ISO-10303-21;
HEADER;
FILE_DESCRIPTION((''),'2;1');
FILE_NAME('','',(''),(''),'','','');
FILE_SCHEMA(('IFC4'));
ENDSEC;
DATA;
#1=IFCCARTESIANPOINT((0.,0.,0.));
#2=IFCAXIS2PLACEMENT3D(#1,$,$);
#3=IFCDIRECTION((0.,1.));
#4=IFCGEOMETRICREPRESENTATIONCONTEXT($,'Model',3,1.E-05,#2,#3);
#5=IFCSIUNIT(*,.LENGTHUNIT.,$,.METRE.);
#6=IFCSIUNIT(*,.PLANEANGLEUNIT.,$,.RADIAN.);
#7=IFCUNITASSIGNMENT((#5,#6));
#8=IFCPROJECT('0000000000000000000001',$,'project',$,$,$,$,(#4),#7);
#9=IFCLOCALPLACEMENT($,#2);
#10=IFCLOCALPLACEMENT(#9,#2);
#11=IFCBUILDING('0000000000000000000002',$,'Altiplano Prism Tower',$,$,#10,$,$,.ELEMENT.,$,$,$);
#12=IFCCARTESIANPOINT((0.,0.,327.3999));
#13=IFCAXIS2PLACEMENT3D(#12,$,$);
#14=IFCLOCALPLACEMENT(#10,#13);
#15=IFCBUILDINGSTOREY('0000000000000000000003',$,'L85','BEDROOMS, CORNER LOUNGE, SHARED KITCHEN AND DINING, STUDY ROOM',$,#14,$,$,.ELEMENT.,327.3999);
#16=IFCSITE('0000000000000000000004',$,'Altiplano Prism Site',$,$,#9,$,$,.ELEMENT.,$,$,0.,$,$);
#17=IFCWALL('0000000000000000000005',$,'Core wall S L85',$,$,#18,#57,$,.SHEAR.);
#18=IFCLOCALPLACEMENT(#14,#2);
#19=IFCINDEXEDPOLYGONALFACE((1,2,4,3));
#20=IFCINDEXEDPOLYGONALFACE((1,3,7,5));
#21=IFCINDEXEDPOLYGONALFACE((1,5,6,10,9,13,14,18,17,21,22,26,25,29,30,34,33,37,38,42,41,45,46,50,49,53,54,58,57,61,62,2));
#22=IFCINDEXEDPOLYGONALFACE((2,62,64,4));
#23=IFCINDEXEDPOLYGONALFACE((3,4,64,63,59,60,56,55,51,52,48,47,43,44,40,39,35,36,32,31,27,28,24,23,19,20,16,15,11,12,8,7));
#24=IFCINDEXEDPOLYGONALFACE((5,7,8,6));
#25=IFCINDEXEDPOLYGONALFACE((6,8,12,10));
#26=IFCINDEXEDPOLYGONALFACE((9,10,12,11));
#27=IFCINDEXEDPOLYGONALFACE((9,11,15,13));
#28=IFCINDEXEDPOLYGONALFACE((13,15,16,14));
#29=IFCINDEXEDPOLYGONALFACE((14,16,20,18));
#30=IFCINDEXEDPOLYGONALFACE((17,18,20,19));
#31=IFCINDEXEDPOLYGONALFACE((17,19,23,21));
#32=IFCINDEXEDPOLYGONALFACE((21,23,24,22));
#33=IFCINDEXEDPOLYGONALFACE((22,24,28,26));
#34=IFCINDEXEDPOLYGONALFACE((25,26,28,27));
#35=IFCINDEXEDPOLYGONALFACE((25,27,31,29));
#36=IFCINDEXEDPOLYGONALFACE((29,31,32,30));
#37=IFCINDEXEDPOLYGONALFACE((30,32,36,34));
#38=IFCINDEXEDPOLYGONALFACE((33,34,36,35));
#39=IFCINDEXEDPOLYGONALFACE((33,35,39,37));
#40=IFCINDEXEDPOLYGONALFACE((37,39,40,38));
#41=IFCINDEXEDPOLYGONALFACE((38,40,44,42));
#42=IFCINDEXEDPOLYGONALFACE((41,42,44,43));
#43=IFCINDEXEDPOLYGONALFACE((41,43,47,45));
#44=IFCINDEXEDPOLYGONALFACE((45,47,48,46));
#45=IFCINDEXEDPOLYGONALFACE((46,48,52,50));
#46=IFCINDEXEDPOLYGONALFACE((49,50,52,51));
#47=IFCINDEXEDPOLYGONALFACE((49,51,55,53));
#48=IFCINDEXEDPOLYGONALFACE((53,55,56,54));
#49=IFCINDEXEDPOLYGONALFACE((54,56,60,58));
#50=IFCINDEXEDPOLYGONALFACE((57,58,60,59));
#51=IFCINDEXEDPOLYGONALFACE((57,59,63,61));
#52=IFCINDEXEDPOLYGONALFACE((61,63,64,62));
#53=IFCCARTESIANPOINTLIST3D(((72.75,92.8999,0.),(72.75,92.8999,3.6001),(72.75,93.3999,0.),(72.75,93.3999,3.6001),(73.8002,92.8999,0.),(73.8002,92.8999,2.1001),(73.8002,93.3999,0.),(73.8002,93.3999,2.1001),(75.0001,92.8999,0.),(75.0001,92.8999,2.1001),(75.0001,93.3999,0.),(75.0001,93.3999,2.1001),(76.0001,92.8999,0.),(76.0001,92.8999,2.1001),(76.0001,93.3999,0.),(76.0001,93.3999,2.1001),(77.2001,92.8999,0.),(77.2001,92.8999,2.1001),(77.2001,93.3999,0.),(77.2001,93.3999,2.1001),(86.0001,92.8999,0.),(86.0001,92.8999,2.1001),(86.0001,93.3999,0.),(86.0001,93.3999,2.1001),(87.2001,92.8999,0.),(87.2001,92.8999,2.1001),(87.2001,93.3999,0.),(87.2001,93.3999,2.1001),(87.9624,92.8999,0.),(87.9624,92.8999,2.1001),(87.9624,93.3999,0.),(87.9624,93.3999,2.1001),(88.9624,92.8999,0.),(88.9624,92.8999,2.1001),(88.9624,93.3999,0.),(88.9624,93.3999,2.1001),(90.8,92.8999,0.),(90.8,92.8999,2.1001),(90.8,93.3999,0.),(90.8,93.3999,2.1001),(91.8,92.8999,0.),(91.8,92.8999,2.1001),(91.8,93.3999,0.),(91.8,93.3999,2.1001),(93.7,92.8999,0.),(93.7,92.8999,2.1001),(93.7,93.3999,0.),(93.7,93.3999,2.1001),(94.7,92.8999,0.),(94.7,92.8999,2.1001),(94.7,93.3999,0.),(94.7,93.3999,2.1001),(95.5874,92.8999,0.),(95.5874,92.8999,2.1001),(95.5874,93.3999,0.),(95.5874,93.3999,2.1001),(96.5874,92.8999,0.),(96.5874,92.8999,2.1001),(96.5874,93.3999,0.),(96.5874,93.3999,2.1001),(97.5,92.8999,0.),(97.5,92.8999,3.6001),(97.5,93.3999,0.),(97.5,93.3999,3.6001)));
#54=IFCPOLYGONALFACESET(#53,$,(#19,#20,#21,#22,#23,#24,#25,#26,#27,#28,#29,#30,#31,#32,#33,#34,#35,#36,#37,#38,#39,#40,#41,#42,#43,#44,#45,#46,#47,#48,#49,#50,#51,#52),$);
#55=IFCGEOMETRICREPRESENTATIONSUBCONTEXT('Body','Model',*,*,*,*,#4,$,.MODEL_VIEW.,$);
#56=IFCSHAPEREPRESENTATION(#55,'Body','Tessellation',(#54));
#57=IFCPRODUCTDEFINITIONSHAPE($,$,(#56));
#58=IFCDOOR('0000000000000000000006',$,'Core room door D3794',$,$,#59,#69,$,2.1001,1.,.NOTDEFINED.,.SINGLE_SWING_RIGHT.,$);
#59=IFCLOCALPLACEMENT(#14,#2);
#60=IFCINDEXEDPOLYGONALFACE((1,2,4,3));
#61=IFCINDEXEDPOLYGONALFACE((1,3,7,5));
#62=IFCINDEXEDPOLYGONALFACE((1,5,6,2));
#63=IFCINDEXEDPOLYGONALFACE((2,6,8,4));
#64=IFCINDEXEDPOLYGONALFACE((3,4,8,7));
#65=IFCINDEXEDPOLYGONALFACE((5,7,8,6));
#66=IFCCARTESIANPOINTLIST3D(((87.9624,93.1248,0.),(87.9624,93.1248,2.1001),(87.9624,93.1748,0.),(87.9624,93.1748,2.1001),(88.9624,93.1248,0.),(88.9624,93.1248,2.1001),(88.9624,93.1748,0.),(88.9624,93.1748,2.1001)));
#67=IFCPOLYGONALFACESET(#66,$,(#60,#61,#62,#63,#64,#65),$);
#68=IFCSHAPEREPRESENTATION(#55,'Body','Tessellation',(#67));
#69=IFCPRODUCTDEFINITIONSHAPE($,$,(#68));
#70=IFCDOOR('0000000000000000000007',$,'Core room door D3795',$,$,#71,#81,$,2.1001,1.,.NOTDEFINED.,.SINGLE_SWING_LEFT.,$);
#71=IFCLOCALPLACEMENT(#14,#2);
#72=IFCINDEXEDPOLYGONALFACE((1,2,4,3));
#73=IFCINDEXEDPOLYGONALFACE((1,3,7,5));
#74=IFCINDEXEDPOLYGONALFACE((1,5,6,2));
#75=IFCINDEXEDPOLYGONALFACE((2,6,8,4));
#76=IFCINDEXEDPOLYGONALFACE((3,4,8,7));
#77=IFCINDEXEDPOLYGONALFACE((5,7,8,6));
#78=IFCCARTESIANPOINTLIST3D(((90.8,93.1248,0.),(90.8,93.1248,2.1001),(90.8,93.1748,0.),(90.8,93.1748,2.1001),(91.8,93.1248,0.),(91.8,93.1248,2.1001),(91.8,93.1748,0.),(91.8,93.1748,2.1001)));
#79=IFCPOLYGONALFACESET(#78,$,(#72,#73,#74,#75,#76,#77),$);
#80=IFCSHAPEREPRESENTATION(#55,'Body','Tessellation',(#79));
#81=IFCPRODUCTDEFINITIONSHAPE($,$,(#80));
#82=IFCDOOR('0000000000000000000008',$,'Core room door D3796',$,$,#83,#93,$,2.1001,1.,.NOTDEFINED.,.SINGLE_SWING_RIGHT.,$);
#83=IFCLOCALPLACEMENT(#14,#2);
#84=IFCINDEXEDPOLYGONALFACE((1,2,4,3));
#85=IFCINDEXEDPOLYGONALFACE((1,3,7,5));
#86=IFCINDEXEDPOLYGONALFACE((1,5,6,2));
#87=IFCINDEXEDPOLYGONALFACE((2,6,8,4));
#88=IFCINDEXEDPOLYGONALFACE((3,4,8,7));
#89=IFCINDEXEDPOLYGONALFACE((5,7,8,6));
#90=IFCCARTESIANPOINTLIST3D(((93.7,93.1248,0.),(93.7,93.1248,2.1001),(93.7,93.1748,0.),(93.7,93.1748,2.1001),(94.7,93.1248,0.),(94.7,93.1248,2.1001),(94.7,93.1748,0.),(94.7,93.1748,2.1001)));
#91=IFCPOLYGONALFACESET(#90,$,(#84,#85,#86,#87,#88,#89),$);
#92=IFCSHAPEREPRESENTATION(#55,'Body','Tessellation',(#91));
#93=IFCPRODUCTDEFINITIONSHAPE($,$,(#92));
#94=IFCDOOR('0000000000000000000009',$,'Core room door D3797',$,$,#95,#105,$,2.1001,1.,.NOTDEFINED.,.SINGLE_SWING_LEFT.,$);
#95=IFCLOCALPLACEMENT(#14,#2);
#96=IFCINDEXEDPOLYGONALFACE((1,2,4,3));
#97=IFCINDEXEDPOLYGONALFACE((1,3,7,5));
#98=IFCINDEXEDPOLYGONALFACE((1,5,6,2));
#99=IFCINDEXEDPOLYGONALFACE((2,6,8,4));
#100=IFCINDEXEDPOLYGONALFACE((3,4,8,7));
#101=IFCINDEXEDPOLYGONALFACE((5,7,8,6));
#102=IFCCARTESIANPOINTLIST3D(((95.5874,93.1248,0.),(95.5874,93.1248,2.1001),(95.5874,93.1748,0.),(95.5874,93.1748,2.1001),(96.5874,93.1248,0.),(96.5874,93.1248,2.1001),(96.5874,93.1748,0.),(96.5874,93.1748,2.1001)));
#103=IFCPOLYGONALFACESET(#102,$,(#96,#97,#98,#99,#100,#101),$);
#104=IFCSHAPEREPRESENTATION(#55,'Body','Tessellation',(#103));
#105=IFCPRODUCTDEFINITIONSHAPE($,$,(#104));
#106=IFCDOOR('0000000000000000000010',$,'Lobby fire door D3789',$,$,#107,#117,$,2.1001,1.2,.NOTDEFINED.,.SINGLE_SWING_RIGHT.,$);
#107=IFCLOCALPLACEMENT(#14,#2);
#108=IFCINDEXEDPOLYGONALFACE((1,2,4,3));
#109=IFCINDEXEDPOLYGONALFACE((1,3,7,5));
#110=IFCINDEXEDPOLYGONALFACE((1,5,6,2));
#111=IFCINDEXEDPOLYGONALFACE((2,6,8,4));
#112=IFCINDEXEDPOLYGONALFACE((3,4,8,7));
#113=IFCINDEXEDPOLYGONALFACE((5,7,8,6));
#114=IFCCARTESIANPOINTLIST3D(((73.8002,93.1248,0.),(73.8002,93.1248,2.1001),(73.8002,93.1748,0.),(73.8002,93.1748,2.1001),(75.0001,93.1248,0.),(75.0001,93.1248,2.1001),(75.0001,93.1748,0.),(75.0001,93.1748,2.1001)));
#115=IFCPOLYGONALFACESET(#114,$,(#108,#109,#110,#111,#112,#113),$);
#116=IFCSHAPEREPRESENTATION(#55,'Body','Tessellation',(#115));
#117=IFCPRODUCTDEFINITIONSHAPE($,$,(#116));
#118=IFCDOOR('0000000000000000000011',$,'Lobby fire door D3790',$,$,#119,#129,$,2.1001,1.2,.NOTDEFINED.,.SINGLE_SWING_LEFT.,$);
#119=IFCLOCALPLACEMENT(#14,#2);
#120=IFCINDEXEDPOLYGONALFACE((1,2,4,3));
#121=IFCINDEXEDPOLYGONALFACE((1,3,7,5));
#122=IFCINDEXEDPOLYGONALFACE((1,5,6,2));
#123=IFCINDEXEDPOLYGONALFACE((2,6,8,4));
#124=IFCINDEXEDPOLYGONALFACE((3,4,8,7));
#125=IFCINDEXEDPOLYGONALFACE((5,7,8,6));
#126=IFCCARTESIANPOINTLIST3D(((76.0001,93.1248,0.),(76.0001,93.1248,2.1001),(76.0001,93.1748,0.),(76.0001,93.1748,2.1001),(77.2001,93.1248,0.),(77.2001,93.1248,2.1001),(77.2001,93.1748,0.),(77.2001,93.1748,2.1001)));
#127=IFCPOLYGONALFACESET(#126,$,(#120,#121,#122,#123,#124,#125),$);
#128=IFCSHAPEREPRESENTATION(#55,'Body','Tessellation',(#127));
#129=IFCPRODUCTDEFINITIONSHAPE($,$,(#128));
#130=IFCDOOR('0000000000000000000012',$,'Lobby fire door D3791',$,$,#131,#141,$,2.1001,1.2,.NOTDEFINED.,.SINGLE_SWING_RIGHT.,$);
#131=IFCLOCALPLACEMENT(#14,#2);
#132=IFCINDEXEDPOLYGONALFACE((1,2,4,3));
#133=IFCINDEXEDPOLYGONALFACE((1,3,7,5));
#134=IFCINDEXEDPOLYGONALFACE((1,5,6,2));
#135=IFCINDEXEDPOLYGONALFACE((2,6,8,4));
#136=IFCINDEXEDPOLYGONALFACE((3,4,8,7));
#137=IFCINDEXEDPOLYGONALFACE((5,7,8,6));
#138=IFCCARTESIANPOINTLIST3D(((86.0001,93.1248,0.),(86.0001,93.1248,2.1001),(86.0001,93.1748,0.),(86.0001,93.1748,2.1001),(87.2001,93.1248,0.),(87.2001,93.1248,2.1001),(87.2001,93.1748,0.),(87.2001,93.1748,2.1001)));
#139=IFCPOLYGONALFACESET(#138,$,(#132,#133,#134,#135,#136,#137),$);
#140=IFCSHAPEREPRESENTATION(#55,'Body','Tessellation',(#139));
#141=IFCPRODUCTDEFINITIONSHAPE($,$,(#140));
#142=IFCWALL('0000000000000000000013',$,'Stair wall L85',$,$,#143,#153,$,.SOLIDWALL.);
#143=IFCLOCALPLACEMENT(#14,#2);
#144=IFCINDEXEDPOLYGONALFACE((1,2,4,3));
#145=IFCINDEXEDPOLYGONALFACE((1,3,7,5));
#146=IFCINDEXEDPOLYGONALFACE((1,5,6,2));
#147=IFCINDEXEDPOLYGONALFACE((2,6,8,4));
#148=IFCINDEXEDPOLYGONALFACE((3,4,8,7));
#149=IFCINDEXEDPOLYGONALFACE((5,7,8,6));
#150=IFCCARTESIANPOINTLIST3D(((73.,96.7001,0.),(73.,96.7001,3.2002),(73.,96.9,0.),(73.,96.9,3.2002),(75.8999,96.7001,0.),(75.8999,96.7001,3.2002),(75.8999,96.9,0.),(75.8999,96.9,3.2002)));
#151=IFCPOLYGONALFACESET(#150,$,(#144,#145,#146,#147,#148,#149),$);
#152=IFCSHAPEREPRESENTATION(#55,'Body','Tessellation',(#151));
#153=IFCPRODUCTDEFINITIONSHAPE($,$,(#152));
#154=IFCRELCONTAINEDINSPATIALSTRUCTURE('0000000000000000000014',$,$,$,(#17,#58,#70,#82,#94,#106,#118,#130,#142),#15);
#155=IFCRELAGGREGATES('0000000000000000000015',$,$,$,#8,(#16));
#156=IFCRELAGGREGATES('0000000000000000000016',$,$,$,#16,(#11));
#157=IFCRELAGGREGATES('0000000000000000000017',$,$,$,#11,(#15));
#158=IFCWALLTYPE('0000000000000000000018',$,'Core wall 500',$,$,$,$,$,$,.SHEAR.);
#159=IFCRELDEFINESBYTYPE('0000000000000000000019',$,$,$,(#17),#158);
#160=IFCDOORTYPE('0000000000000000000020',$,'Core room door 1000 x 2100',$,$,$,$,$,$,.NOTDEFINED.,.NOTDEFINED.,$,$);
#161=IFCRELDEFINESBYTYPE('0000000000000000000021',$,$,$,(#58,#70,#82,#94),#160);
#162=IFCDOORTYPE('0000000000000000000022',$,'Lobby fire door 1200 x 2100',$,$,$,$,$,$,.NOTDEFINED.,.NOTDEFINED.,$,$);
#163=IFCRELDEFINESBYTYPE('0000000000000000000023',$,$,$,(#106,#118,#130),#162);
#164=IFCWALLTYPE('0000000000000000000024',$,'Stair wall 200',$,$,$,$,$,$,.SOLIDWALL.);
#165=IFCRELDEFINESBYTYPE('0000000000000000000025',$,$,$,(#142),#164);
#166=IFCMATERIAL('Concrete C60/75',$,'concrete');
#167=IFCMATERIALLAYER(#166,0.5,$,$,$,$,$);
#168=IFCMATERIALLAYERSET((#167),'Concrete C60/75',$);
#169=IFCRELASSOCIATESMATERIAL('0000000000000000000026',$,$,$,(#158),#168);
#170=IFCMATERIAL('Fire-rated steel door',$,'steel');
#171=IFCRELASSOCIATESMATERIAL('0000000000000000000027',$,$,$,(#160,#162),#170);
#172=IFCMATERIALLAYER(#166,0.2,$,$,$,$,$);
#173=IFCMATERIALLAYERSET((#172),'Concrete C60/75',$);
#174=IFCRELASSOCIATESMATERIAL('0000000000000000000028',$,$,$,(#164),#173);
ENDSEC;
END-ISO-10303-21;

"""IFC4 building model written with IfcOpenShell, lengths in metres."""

from ifc_helpers import new_model, si_unit, direction, frame, frame_2d, origin, place, context, subcontext, project, spatial, rectangle, extrude, material, layer, layer_set, type_object, element, fill, save


model = new_model("IFC4")

# Units and contexts
model_context = context("Model", 3, precision=1e-05, world=origin(), true_north=direction((0.0, 1.0)))
body_context = subcontext(model_context, "Body", "Model", "MODEL_VIEW")
ifc_project = project(units=[si_unit("LENGTHUNIT", "METRE"), si_unit("PLANEANGLEUNIT", "RADIAN")], contexts=[model_context])

# Site, building, storey
site_placement = place(None, origin())
site = spatial("IfcSite", under=ifc_project, at=site_placement, Name="Altiplano Prism Site", CompositionType="ELEMENT", RefElevation=0.0)
building_placement = place(site_placement, origin())
building = spatial("IfcBuilding", under=site, at=building_placement, Name="Altiplano Prism Tower", CompositionType="ELEMENT")
storey_placement = place(building_placement, frame((0.0, 0.0, 327.3999)))
storey = spatial("IfcBuildingStorey", under=building, at=storey_placement, Name="L85", Description="BEDROOMS, CORNER LOUNGE, SHARED KITCHEN AND DINING, STUDY ROOM", CompositionType="ELEMENT", Elevation=327.3999)

# Shared definitions
ifc_material_1 = material(Name="Concrete C60/75", Category="concrete")

# Wall, openings, doors
ifc_layer_1 = layer(ifc_material_1, 0.5)
ifc_layer_set_1 = layer_set([ifc_layer_1], Name="Concrete C60/75")
wall_type_1 = type_object("IfcWallType", Name="Core wall 500", PredefinedType="SHEAR", material=ifc_layer_set_1)
wall_1_placement = place(storey_placement, frame((72.75, 93.1499, 0.0), z_axis=(0.0, 0.0, 1.0), x_axis=(1.0, 0.0, 0.0)))
wall_1 = element("IfcWall", 1, at=wall_1_placement, inside=storey, type_object=wall_type_1, Name="Core wall S L85", PredefinedType="SHEAR", context=body_context, shape_type="SweptSolid", body=[
    extrude(rectangle(XDim=24.75, YDim=0.5, at=frame_2d((12.375, 0.0))), origin(), (0.0, 0.0, 1.0), 3.6001),
])
opening_1_placement = place(wall_1_placement, frame((1.05, 0.0, 0.0)))
opening_1 = element("IfcOpeningElement", 2, at=opening_1_placement, cuts=wall_1, PredefinedType="OPENING", context=body_context, shape_type="SweptSolid", body=[
    extrude(rectangle(XDim=1.2, YDim=2.1001, at=frame_2d((0.6001, 1.05))), frame((0.0, 0.2605, 0.0), z_axis=(0.0, -1.0, 0.0), x_axis=(1.0, 0.0, 0.0)), (0.0, 0.0, 1.0), 0.521),
])
opening_2_placement = place(wall_1_placement, frame((3.25, 0.0, 0.0)))
opening_2 = element("IfcOpeningElement", 3, at=opening_2_placement, cuts=wall_1, PredefinedType="OPENING", context=body_context, shape_type="SweptSolid", body=[
    extrude(rectangle(XDim=1.2, YDim=2.1001, at=frame_2d((0.6001, 1.05))), frame((0.0, 0.2605, 0.0), z_axis=(0.0, -1.0, 0.0), x_axis=(1.0, 0.0, 0.0)), (0.0, 0.0, 1.0), 0.521),
])
opening_3_placement = place(wall_1_placement, frame((13.25, 0.0, 0.0)))
opening_3 = element("IfcOpeningElement", 4, at=opening_3_placement, cuts=wall_1, PredefinedType="OPENING", context=body_context, shape_type="SweptSolid", body=[
    extrude(rectangle(XDim=1.2, YDim=2.1001, at=frame_2d((0.6001, 1.05))), frame((0.0, 0.2605, 0.0), z_axis=(0.0, -1.0, 0.0), x_axis=(1.0, 0.0, 0.0)), (0.0, 0.0, 1.0), 0.521),
])
opening_4_placement = place(wall_1_placement, frame((15.2124, 0.0, 0.0)))
opening_4 = element("IfcOpeningElement", 5, at=opening_4_placement, cuts=wall_1, PredefinedType="OPENING", context=body_context, shape_type="SweptSolid", body=[
    extrude(rectangle(XDim=1.0, YDim=2.1001, at=frame_2d((0.5, 1.05))), frame((0.0, 0.2605, 0.0), z_axis=(0.0, -1.0, 0.0), x_axis=(1.0, 0.0, 0.0)), (0.0, 0.0, 1.0), 0.521),
])
opening_5_placement = place(wall_1_placement, frame((18.05, 0.0, 0.0)))
opening_5 = element("IfcOpeningElement", 6, at=opening_5_placement, cuts=wall_1, PredefinedType="OPENING", context=body_context, shape_type="SweptSolid", body=[
    extrude(rectangle(XDim=1.0, YDim=2.1001, at=frame_2d((0.5, 1.05))), frame((0.0, 0.2605, 0.0), z_axis=(0.0, -1.0, 0.0), x_axis=(1.0, 0.0, 0.0)), (0.0, 0.0, 1.0), 0.521),
])
opening_6_placement = place(wall_1_placement, frame((20.95, 0.0, 0.0)))
opening_6 = element("IfcOpeningElement", 7, at=opening_6_placement, cuts=wall_1, PredefinedType="OPENING", context=body_context, shape_type="SweptSolid", body=[
    extrude(rectangle(XDim=1.0, YDim=2.1001, at=frame_2d((0.5, 1.05))), frame((0.0, 0.2605, 0.0), z_axis=(0.0, -1.0, 0.0), x_axis=(1.0, 0.0, 0.0)), (0.0, 0.0, 1.0), 0.521),
])
opening_7_placement = place(wall_1_placement, frame((22.8374, 0.0, 0.0)))
opening_7 = element("IfcOpeningElement", 8, at=opening_7_placement, cuts=wall_1, PredefinedType="OPENING", context=body_context, shape_type="SweptSolid", body=[
    extrude(rectangle(XDim=1.0, YDim=2.1001, at=frame_2d((0.5, 1.05))), frame((0.0, 0.2605, 0.0), z_axis=(0.0, -1.0, 0.0), x_axis=(1.0, 0.0, 0.0)), (0.0, 0.0, 1.0), 0.521),
])
ifc_material_2 = material(Name="Fire-rated steel door", Category="steel")
door_type_1 = type_object("IfcDoorType", Name="Core room door 1000 x 2100", OperationType="NOTDEFINED", PredefinedType="NOTDEFINED", material=ifc_material_2)
door_1_placement = place(opening_4_placement, origin())
door_1 = element("IfcDoor", 9, at=door_1_placement, inside=storey, type_object=door_type_1, Name="Core room door D3794", OperationType="SINGLE_SWING_RIGHT", OverallHeight=2.1001, OverallWidth=1.0, PredefinedType="NOTDEFINED", context=body_context, shape_type="SweptSolid", body=[
    extrude(rectangle(XDim=1.0, YDim=2.1001, at=frame_2d((0.5, 1.05))), frame((0.0, 0.0249, 0.0), z_axis=(0.0, -1.0, 0.0), x_axis=(1.0, 0.0, 0.0)), (0.0, 0.0, 1.0), 0.05),
])
fill(opening_4, door_1)
door_2_placement = place(opening_5_placement, origin())
door_2 = element("IfcDoor", 10, at=door_2_placement, inside=storey, type_object=door_type_1, Name="Core room door D3795", OperationType="SINGLE_SWING_LEFT", OverallHeight=2.1001, OverallWidth=1.0, PredefinedType="NOTDEFINED", context=body_context, shape_type="SweptSolid", body=[
    extrude(rectangle(XDim=1.0, YDim=2.1001, at=frame_2d((0.5, 1.05))), frame((0.0, 0.0249, 0.0), z_axis=(0.0, -1.0, 0.0), x_axis=(1.0, 0.0, 0.0)), (0.0, 0.0, 1.0), 0.05),
])
fill(opening_5, door_2)
door_3_placement = place(opening_6_placement, origin())
door_3 = element("IfcDoor", 11, at=door_3_placement, inside=storey, type_object=door_type_1, Name="Core room door D3796", OperationType="SINGLE_SWING_RIGHT", OverallHeight=2.1001, OverallWidth=1.0, PredefinedType="NOTDEFINED", context=body_context, shape_type="SweptSolid", body=[
    extrude(rectangle(XDim=1.0, YDim=2.1001, at=frame_2d((0.5, 1.05))), frame((0.0, 0.0249, 0.0), z_axis=(0.0, -1.0, 0.0), x_axis=(1.0, 0.0, 0.0)), (0.0, 0.0, 1.0), 0.05),
])
fill(opening_6, door_3)
door_4_placement = place(opening_7_placement, origin())
door_4 = element("IfcDoor", 12, at=door_4_placement, inside=storey, type_object=door_type_1, Name="Core room door D3797", OperationType="SINGLE_SWING_LEFT", OverallHeight=2.1001, OverallWidth=1.0, PredefinedType="NOTDEFINED", context=body_context, shape_type="SweptSolid", body=[
    extrude(rectangle(XDim=1.0, YDim=2.1001, at=frame_2d((0.5, 1.05))), frame((0.0, 0.0249, 0.0), z_axis=(0.0, -1.0, 0.0), x_axis=(1.0, 0.0, 0.0)), (0.0, 0.0, 1.0), 0.05),
])
fill(opening_7, door_4)
door_type_2 = type_object("IfcDoorType", Name="Lobby fire door 1200 x 2100", OperationType="NOTDEFINED", PredefinedType="NOTDEFINED", material=ifc_material_2)
door_5_placement = place(opening_1_placement, origin())
door_5 = element("IfcDoor", 13, at=door_5_placement, inside=storey, type_object=door_type_2, Name="Lobby fire door D3789", OperationType="SINGLE_SWING_RIGHT", OverallHeight=2.1001, OverallWidth=1.2, PredefinedType="NOTDEFINED", context=body_context, shape_type="SweptSolid", body=[
    extrude(rectangle(XDim=1.2, YDim=2.1001, at=frame_2d((0.6001, 1.05))), frame((0.0, 0.0249, 0.0), z_axis=(0.0, -1.0, 0.0), x_axis=(1.0, 0.0, 0.0)), (0.0, 0.0, 1.0), 0.05),
])
fill(opening_1, door_5)
door_6_placement = place(opening_2_placement, origin())
door_6 = element("IfcDoor", 14, at=door_6_placement, inside=storey, type_object=door_type_2, Name="Lobby fire door D3790", OperationType="SINGLE_SWING_LEFT", OverallHeight=2.1001, OverallWidth=1.2, PredefinedType="NOTDEFINED", context=body_context, shape_type="SweptSolid", body=[
    extrude(rectangle(XDim=1.2, YDim=2.1001, at=frame_2d((0.6001, 1.05))), frame((0.0, 0.0249, 0.0), z_axis=(0.0, -1.0, 0.0), x_axis=(1.0, 0.0, 0.0)), (0.0, 0.0, 1.0), 0.05),
])
fill(opening_2, door_6)
door_7_placement = place(opening_3_placement, origin())
door_7 = element("IfcDoor", 15, at=door_7_placement, inside=storey, type_object=door_type_2, Name="Lobby fire door D3791", OperationType="SINGLE_SWING_RIGHT", OverallHeight=2.1001, OverallWidth=1.2, PredefinedType="NOTDEFINED", context=body_context, shape_type="SweptSolid", body=[
    extrude(rectangle(XDim=1.2, YDim=2.1001, at=frame_2d((0.6001, 1.05))), frame((0.0, 0.0249, 0.0), z_axis=(0.0, -1.0, 0.0), x_axis=(1.0, 0.0, 0.0)), (0.0, 0.0, 1.0), 0.05),
])
fill(opening_3, door_7)

# Wall
ifc_layer_2 = layer(ifc_material_1, 0.2)
ifc_layer_set_2 = layer_set([ifc_layer_2], Name="Concrete C60/75")
wall_type_2 = type_object("IfcWallType", Name="Stair wall 200", PredefinedType="SOLIDWALL", material=ifc_layer_set_2)
wall_2_placement = place(storey_placement, frame((73.0, 96.8, 0.0), z_axis=(0.0, 0.0, 1.0), x_axis=(1.0, 0.0, 0.0)))
element("IfcWall", 16, at=wall_2_placement, inside=storey, type_object=wall_type_2, Name="Stair wall L85", PredefinedType="SOLIDWALL", context=body_context, shape_type="SweptSolid", body=[
    extrude(rectangle(XDim=2.8999, YDim=0.2, at=frame_2d((1.45, 0.0))), origin(), (0.0, 0.0, 1.0), 3.2002),
])

save(model, "model.ifc")
